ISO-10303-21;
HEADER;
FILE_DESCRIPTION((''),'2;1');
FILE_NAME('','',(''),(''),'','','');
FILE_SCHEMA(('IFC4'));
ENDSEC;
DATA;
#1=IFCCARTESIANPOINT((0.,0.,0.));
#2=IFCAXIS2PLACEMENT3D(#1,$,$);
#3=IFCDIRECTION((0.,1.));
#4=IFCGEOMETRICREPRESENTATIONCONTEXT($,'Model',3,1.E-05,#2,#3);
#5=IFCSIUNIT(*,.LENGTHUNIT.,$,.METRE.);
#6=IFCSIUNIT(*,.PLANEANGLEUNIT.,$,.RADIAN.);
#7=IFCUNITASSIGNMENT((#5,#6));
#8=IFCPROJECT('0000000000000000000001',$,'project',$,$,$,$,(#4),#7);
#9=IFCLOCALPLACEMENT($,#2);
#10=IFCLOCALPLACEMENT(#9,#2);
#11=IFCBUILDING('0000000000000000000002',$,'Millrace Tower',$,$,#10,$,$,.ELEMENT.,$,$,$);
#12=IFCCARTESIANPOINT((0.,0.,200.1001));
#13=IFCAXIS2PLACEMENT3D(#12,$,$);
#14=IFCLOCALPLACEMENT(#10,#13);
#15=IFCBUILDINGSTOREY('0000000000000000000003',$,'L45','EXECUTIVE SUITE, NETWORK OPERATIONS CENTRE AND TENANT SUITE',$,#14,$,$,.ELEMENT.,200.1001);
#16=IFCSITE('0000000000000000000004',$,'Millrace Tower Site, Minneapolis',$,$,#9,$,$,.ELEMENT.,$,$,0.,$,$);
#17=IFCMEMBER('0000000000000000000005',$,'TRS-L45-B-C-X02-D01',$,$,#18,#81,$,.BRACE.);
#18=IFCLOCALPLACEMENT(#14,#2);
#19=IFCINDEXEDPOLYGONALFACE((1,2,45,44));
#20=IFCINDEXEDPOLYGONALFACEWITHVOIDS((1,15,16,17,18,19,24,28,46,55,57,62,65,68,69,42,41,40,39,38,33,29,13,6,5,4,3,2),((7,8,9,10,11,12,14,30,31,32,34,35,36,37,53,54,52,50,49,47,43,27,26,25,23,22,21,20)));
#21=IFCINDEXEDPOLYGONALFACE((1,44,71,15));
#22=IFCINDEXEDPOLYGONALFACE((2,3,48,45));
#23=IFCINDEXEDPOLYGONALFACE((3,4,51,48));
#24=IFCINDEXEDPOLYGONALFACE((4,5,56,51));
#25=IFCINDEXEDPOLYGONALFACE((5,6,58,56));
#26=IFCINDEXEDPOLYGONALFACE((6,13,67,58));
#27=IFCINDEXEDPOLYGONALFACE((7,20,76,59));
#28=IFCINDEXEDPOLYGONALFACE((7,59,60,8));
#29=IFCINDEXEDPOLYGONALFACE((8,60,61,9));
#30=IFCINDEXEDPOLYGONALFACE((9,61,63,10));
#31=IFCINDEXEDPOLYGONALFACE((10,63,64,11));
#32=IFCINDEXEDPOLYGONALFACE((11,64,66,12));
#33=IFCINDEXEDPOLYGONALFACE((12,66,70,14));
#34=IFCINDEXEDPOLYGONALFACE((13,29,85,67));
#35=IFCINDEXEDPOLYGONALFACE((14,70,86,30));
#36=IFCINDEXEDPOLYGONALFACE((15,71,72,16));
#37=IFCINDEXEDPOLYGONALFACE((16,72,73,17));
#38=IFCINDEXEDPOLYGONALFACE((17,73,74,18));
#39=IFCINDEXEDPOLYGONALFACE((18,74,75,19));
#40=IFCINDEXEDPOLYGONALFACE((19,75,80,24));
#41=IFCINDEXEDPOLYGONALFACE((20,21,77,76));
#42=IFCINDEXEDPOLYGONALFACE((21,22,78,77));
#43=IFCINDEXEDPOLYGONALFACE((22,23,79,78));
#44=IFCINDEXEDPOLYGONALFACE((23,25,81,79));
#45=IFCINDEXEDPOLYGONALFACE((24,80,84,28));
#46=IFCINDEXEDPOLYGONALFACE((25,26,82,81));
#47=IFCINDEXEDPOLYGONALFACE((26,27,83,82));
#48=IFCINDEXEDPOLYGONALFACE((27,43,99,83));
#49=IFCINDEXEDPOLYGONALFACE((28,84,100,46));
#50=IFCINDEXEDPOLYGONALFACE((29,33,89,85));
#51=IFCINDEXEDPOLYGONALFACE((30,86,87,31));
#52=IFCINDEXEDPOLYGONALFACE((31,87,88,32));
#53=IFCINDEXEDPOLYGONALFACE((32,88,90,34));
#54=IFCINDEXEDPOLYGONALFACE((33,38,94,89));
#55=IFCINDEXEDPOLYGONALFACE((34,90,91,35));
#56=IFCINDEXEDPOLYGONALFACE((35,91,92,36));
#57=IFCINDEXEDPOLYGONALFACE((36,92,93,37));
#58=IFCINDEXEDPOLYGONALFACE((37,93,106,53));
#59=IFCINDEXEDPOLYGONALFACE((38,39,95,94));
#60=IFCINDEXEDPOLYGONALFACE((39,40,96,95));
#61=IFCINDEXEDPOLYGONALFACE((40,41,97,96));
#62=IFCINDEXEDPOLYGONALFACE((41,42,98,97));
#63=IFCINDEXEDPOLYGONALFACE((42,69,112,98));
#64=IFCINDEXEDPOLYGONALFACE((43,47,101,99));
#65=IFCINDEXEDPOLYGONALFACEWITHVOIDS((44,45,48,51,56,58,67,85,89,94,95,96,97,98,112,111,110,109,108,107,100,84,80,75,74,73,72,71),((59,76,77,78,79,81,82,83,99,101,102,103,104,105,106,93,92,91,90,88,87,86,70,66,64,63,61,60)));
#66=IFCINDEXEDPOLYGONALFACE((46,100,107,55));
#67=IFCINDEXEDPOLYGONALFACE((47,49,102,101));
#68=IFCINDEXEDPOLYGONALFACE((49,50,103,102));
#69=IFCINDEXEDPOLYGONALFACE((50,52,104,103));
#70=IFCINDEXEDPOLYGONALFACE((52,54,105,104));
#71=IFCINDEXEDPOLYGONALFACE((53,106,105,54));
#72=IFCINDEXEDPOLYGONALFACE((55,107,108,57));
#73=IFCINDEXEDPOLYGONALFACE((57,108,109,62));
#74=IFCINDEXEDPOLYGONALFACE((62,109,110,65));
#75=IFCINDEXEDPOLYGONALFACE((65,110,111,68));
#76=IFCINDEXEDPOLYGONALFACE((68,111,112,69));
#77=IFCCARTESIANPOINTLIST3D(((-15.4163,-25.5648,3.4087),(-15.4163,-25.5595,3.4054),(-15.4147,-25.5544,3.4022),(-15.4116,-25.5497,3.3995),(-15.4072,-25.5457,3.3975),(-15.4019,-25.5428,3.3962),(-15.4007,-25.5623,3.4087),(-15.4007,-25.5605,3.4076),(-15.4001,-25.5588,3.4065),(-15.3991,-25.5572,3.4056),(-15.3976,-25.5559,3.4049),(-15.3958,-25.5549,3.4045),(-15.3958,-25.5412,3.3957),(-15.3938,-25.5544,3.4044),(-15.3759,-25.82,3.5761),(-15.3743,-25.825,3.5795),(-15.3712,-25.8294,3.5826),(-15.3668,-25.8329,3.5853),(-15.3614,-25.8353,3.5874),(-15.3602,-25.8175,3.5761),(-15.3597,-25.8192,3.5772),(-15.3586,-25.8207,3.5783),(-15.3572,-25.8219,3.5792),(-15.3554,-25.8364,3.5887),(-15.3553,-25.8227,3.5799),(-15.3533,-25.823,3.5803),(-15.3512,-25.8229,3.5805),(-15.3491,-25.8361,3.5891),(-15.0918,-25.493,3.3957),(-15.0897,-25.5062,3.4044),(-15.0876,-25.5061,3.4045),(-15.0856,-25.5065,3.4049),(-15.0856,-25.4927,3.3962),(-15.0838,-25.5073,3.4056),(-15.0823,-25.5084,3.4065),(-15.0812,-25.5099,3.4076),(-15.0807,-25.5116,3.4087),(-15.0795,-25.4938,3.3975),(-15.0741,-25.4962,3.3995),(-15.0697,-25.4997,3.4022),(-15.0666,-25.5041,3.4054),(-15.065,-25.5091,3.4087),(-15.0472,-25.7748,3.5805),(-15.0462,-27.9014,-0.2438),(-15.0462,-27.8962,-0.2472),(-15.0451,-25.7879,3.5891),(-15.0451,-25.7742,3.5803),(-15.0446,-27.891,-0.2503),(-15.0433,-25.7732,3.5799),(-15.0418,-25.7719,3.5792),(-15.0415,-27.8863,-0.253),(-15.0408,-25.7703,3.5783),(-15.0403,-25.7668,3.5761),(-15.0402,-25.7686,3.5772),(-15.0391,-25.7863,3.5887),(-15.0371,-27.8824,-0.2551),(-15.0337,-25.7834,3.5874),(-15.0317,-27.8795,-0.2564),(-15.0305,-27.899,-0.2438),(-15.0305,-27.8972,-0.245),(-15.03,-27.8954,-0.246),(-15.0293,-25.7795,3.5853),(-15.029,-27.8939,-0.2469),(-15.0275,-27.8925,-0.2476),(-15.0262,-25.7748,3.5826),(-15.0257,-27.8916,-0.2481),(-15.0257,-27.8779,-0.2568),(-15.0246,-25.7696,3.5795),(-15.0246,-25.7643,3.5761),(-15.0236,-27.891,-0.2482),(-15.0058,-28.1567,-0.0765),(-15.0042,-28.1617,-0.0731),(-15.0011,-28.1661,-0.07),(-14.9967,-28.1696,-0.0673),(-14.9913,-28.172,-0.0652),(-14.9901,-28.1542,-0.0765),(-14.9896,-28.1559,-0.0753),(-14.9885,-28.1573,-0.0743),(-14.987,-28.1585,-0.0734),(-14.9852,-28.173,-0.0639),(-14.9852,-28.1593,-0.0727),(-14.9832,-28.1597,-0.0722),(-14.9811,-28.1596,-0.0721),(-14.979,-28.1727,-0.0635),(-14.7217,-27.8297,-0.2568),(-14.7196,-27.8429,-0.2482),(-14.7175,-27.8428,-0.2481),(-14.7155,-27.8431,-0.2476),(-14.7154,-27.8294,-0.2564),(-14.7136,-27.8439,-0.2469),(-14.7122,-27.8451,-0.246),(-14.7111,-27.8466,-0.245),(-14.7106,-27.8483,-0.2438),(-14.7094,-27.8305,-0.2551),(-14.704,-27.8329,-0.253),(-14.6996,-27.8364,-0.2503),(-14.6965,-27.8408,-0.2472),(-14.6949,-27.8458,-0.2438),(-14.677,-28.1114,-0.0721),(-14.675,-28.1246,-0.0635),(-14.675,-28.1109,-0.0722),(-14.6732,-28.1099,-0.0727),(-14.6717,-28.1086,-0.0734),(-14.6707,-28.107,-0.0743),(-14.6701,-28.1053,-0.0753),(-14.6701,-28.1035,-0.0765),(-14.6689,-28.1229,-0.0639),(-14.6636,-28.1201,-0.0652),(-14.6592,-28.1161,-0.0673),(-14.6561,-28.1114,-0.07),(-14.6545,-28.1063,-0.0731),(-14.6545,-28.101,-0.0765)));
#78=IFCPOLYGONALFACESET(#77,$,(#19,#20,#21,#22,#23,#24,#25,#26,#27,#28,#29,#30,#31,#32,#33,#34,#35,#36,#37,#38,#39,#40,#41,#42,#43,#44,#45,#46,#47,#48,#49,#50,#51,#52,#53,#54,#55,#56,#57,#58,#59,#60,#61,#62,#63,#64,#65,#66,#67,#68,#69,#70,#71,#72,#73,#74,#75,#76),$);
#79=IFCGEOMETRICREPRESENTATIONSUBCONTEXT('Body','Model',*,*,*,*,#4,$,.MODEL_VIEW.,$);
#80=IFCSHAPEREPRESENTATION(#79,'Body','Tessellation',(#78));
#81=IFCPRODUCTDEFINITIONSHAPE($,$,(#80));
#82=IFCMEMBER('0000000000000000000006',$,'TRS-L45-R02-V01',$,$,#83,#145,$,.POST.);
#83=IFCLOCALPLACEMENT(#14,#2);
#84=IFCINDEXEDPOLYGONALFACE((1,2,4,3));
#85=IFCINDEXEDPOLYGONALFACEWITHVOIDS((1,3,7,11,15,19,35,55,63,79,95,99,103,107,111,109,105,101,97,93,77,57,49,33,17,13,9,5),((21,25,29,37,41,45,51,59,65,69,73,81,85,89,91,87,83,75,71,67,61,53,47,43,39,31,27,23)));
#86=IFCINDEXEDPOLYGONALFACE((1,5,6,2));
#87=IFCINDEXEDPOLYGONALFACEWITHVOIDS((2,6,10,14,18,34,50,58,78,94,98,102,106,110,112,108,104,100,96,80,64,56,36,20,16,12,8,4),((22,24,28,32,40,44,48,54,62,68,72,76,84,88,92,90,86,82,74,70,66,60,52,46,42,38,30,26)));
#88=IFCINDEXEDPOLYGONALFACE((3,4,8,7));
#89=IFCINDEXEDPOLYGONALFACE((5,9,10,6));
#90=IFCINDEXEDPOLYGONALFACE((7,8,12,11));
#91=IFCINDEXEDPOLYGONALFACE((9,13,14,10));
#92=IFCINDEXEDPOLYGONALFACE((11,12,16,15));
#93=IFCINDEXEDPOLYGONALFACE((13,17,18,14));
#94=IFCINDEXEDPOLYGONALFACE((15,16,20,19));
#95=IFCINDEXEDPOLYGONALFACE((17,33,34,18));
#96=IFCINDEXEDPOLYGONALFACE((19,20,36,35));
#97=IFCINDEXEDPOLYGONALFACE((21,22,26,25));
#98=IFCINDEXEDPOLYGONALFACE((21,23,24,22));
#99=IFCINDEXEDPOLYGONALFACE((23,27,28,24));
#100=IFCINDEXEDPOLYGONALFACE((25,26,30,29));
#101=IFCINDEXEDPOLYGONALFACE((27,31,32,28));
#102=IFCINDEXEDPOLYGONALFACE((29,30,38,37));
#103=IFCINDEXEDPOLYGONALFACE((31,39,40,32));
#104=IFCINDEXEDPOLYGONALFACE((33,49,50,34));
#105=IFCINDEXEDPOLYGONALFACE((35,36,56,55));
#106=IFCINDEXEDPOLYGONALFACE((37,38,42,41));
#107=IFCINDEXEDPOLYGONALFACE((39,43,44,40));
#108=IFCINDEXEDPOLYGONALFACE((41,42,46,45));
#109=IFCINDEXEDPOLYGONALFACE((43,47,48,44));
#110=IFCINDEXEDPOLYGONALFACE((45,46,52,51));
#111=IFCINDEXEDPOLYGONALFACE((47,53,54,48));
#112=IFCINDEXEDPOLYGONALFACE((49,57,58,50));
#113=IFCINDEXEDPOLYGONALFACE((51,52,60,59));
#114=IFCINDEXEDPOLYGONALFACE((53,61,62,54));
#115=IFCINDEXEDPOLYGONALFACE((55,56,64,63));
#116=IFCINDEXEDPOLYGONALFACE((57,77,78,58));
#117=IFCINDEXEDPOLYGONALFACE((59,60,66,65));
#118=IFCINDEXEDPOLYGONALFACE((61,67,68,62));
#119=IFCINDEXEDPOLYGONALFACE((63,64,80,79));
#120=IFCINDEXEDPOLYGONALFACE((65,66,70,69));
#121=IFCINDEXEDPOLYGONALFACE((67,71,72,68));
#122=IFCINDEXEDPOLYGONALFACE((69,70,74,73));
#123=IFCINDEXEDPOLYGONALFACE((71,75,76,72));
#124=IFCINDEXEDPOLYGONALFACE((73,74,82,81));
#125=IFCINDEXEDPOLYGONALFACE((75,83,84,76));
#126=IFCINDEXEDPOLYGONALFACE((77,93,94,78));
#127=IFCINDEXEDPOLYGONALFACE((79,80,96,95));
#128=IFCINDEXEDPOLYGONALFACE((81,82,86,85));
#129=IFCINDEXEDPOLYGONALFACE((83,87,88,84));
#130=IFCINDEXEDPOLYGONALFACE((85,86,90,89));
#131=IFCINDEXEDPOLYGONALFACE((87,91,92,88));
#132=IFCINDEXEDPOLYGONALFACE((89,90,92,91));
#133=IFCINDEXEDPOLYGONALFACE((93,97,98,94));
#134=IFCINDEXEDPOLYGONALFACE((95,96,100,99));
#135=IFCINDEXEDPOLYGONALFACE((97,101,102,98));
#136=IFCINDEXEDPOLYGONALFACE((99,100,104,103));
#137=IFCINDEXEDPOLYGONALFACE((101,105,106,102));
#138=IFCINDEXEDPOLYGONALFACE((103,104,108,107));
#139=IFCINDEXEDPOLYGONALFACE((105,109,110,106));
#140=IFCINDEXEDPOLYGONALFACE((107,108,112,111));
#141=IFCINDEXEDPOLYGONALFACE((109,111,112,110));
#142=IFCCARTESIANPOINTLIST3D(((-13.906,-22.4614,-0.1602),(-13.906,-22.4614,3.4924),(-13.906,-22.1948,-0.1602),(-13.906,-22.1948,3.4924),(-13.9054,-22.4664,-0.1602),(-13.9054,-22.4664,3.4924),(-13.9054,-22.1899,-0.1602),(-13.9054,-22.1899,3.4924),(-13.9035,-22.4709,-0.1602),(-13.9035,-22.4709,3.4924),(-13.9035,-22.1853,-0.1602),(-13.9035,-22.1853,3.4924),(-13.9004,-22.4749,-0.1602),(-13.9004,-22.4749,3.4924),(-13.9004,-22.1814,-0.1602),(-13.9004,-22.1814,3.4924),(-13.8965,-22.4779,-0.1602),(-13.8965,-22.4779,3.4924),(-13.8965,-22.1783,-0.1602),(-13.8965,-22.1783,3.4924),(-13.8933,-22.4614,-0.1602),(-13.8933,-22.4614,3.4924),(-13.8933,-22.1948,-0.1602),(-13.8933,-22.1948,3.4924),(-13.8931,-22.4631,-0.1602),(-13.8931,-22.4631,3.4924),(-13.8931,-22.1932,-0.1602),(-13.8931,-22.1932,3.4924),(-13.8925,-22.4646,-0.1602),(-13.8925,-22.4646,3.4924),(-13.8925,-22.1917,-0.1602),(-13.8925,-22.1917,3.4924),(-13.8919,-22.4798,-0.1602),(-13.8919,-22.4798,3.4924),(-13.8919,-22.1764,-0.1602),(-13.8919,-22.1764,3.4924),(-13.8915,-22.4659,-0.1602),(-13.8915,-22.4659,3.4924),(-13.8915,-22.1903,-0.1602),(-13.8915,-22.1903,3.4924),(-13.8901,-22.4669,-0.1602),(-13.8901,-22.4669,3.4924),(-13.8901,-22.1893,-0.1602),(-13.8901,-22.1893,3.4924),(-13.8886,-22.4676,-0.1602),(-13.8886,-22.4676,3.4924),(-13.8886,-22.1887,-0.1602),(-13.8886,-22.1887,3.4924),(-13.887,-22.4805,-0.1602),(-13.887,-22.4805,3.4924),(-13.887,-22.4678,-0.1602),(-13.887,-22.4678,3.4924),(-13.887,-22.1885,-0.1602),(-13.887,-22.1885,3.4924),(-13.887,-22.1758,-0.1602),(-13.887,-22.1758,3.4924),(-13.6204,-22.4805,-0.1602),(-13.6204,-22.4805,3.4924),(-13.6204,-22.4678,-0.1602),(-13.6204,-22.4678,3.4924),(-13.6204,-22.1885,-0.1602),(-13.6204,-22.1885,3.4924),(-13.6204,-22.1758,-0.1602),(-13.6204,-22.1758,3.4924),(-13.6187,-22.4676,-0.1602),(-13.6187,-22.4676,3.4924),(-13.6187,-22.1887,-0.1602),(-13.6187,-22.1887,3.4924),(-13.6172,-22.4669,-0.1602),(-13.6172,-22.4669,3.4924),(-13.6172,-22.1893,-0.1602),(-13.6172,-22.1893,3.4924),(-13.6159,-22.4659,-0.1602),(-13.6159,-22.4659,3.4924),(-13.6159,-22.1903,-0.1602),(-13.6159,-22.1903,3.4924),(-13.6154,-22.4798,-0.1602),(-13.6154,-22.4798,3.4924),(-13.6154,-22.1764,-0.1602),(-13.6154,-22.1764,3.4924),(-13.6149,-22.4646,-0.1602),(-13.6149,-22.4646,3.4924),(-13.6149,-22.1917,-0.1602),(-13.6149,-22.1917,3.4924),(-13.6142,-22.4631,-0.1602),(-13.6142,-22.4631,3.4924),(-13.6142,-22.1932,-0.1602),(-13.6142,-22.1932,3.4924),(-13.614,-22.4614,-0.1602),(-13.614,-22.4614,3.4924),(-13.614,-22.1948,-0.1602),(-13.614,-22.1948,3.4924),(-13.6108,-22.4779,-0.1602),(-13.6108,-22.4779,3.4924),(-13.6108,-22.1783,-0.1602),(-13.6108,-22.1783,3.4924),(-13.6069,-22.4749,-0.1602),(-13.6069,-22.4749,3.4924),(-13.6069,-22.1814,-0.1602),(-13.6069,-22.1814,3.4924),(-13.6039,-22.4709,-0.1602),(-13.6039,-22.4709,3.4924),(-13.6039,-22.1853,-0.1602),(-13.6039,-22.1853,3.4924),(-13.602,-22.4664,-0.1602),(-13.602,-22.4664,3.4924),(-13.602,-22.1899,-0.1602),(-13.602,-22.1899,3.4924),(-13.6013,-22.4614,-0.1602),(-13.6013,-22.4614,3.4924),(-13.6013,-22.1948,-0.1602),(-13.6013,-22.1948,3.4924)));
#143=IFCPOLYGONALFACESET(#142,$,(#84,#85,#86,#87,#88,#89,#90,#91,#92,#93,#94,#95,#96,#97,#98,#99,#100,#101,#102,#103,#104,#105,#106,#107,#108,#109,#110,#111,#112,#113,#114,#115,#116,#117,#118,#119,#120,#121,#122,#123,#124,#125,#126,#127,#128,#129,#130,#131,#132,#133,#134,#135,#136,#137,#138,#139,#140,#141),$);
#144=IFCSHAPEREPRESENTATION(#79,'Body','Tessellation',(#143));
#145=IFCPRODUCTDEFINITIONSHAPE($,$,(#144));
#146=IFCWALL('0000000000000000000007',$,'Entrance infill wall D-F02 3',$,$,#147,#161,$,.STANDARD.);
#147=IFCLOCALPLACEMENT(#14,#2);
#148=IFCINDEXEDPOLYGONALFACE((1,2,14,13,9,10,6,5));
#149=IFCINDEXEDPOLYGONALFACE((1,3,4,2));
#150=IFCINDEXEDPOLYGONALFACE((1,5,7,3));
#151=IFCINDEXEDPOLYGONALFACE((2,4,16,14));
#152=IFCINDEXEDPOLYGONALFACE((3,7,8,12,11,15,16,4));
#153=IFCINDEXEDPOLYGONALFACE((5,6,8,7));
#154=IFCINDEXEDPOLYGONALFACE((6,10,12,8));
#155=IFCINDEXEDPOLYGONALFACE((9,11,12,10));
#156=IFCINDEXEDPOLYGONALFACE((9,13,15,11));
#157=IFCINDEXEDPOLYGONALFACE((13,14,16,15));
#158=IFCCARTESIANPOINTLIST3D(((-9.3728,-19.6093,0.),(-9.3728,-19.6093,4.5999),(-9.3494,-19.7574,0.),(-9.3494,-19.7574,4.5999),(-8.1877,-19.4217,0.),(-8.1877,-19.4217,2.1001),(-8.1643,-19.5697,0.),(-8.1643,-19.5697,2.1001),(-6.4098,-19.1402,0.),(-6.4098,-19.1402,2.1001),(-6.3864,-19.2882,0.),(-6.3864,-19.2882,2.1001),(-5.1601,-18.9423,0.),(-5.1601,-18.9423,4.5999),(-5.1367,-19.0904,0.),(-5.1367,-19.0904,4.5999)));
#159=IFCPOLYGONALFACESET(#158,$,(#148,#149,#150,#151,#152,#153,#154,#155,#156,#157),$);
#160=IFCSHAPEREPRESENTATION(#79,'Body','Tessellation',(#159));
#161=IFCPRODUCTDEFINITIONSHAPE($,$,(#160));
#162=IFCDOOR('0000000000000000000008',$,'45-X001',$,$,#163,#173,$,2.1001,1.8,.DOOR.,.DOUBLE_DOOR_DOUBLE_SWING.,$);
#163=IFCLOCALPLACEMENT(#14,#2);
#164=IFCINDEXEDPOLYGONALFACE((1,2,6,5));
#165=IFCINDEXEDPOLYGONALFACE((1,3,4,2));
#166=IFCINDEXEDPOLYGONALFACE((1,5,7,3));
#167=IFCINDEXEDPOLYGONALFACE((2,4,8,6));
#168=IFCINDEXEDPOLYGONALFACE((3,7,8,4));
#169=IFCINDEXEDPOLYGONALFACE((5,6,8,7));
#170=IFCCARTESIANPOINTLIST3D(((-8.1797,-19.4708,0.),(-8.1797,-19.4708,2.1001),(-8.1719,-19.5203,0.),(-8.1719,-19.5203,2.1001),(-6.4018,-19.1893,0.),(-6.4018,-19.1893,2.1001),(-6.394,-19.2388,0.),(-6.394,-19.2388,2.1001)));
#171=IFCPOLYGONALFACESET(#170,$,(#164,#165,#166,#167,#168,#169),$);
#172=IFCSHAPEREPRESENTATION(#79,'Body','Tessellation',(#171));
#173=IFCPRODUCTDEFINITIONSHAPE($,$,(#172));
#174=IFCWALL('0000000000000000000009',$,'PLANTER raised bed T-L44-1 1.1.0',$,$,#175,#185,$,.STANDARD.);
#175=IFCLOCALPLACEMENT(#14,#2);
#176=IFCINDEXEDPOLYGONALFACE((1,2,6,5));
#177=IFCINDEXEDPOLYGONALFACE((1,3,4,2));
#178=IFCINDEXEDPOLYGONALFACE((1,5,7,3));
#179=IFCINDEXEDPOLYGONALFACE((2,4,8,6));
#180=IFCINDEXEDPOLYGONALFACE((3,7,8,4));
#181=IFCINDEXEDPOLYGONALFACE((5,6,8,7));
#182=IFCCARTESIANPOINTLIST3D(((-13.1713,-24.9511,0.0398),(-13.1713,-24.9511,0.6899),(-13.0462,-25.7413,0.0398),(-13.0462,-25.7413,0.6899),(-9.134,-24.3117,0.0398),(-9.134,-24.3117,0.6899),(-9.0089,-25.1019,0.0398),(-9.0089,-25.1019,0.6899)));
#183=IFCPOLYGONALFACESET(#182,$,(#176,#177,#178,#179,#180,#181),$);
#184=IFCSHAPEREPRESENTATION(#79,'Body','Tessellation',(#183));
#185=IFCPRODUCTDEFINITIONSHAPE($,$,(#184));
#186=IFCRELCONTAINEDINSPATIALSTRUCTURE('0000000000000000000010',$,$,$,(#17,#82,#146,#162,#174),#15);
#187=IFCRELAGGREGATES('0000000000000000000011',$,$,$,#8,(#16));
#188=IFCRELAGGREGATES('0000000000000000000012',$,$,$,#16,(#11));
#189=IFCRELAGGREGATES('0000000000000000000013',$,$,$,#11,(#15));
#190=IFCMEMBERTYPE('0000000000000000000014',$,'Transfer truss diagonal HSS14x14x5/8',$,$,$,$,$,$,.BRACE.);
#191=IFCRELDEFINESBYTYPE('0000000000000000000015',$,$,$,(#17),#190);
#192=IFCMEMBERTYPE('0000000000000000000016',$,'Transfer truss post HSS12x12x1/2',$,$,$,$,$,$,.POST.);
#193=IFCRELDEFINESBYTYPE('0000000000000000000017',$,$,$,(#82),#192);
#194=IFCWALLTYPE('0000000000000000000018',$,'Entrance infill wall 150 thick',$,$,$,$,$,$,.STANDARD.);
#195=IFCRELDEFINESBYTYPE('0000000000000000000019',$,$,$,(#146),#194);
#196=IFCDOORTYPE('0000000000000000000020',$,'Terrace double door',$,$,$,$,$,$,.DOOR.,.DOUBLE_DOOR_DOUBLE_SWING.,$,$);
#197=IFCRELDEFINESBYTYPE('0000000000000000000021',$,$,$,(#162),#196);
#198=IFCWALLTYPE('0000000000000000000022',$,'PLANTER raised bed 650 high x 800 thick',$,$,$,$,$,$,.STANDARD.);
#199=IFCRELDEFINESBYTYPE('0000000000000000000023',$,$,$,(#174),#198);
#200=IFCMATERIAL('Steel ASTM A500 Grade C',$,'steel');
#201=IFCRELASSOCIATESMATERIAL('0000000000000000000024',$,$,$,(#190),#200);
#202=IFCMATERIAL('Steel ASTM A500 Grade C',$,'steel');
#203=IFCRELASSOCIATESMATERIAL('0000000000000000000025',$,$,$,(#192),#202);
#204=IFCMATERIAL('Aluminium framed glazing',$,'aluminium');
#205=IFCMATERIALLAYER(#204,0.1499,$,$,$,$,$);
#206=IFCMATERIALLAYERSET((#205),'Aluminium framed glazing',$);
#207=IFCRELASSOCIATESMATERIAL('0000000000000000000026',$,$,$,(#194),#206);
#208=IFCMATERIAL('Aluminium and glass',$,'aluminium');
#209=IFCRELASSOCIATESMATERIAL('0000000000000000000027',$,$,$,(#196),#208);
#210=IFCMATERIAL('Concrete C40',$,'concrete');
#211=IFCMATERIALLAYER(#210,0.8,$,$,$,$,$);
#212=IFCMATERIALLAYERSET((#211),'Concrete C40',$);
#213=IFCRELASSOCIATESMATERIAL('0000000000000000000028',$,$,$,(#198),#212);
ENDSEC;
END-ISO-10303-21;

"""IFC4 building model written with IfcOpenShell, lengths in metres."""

from ifc_helpers import new_model, si_unit, direction, frame, frame_2d, origin, origin_2d, place, context, subcontext, project, spatial, rectangle, hollow_rectangle, extrude, material, layer, layer_set, material_profile, profile_set, type_object, element, fill, save


model = new_model("IFC4")

# Units and contexts
model_context = context("Model", 3, precision=1e-05, world=origin(), true_north=direction((0.0, 1.0)))
body_context = subcontext(model_context, "Body", "Model", "MODEL_VIEW")
ifc_project = project(units=[si_unit("LENGTHUNIT", "METRE"), si_unit("PLANEANGLEUNIT", "RADIAN")], contexts=[model_context])

# Site, building, storey
site_placement = place(None, origin())
site = spatial("IfcSite", under=ifc_project, at=site_placement, Name="Millrace Tower Site, Minneapolis", CompositionType="ELEMENT", RefElevation=0.0)
building_placement = place(site_placement, origin())
building = spatial("IfcBuilding", under=site, at=building_placement, Name="Millrace Tower", CompositionType="ELEMENT")
storey_placement = place(building_placement, frame((0.0, 0.0, 200.1001)))
storey = spatial("IfcBuildingStorey", under=building, at=storey_placement, Name="L45", Description="EXECUTIVE SUITE, NETWORK OPERATIONS CENTRE AND TENANT SUITE", CompositionType="ELEMENT", Elevation=200.1001)

# Members
ifc_material_1 = material(Name="Steel ASTM A500 Grade C", Category="steel")
ifc_material_profile_1 = material_profile(ifc_material_1, hollow_rectangle(XDim=0.3557, YDim=0.3557, WallThickness=0.0159, InnerFilletRadius=0.0081, OuterFilletRadius=0.0239, at=origin_2d()))
ifc_profile_set_1 = profile_set([ifc_material_profile_1], Name="Steel ASTM A500 Grade C")
member_type_1 = type_object("IfcMemberType", Name="Transfer truss diagonal HSS14x14x5/8", PredefinedType="BRACE", material=ifc_profile_set_1)
member_1_placement = place(storey_placement, frame((-14.8503, -28.0012, -0.1602), z_axis=(-0.085049, 0.53694, 0.839323), x_axis=(-0.987687, -0.156445, 0.0)))
element("IfcMember", 1, at=member_1_placement, inside=storey, type_object=member_type_1, Name="TRS-L45-B-C-X02-D01", PredefinedType="BRACE", context=body_context, shape_type="SweptSolid", body=[
    extrude(hollow_rectangle(XDim=0.3557, YDim=0.3557, WallThickness=0.0159, InnerFilletRadius=0.0081, OuterFilletRadius=0.0239, at=origin_2d()), origin(), (0.0, 0.0, 1.0), 4.3518),
])
ifc_material_2 = material(Name="Steel ASTM A500 Grade C", Category="steel")
ifc_material_profile_2 = material_profile(ifc_material_2, hollow_rectangle(XDim=0.3047, YDim=0.3047, WallThickness=0.0127, InnerFilletRadius=0.0063, OuterFilletRadius=0.019, at=origin_2d()))
ifc_profile_set_2 = profile_set([ifc_material_profile_2], Name="Steel ASTM A500 Grade C")
member_type_2 = type_object("IfcMemberType", Name="Transfer truss post HSS12x12x1/2", PredefinedType="POST", material=ifc_profile_set_2)
member_2_placement = place(storey_placement, frame((-13.7537, -22.3281, -0.1602), z_axis=(0.0, 0.0, 1.0), x_axis=(1.0, 0.0, 0.0)))
element("IfcMember", 2, at=member_2_placement, inside=storey, type_object=member_type_2, Name="TRS-L45-R02-V01", PredefinedType="POST", context=body_context, shape_type="SweptSolid", body=[
    extrude(hollow_rectangle(XDim=0.3047, YDim=0.3047, WallThickness=0.0127, InnerFilletRadius=0.0063, OuterFilletRadius=0.019, at=origin_2d()), origin(), (0.0, 0.0, 1.0), 3.6526),
])

# Wall, opening, door
ifc_material_3 = material(Name="Aluminium framed glazing", Category="aluminium")
ifc_layer_1 = layer(ifc_material_3, 0.1499)
ifc_layer_set_1 = layer_set([ifc_layer_1], Name="Aluminium framed glazing")
wall_type_1 = type_object("IfcWallType", Name="Entrance infill wall 150 thick", PredefinedType="STANDARD", material=ifc_layer_set_1)
wall_1_placement = place(storey_placement, frame((-9.3611, -19.6833, 0.0), z_axis=(0.0, 0.0, 1.0), x_axis=(0.987697, 0.156383, 0.0)))
wall_1 = element("IfcWall", 3, at=wall_1_placement, inside=storey, type_object=wall_type_1, Name="Entrance infill wall D-F02 3", PredefinedType="STANDARD", context=body_context, shape_type="SweptSolid", body=[
    extrude(rectangle(XDim=4.2651, YDim=0.1499, at=frame_2d((2.1326, 0.0))), origin(), (0.0, 0.0, 1.0), 4.5999),
])
opening_placement = place(wall_1_placement, frame((1.2, 0.0, 0.0)))
opening = element("IfcOpeningElement", 4, at=opening_placement, cuts=wall_1, PredefinedType="OPENING", context=body_context, shape_type="SweptSolid", body=[
    extrude(rectangle(XDim=1.8, YDim=2.1001, at=frame_2d((0.8999, 1.05))), frame((0.0, 0.085, 0.0), z_axis=(0.0, -1.0, 0.0), x_axis=(1.0, 0.0, 0.0)), (0.0, 0.0, 1.0), 0.1699),
])
ifc_material_4 = material(Name="Aluminium and glass", Category="aluminium")
door_type = type_object("IfcDoorType", Name="Terrace double door", OperationType="DOUBLE_DOOR_DOUBLE_SWING", PredefinedType="DOOR", material=ifc_material_4)
door_placement = place(opening_placement, frame((1.8, 0.0, 0.0), z_axis=(0.0, 0.0, 1.0), x_axis=(-1.0, 0.0, 0.0)))
door = element("IfcDoor", 5, at=door_placement, inside=storey, type_object=door_type, Name="45-X001", OperationType="DOUBLE_DOOR_DOUBLE_SWING", OverallHeight=2.1001, OverallWidth=1.8, PredefinedType="DOOR", context=body_context, shape_type="SweptSolid", body=[
    extrude(rectangle(XDim=1.8, YDim=2.1001, at=frame_2d((0.8999, 1.05))), frame((0.0, 0.0249, 0.0), z_axis=(0.0, -1.0, 0.0), x_axis=(1.0, 0.0, 0.0)), (0.0, 0.0, 1.0), 0.05),
])
fill(opening, door)

# Wall
ifc_material_5 = material(Name="Concrete C40", Category="concrete")
ifc_layer_2 = layer(ifc_material_5, 0.8)
ifc_layer_set_2 = layer_set([ifc_layer_2], Name="Concrete C40")
wall_type_2 = type_object("IfcWallType", Name="PLANTER raised bed 650 high x 800 thick", PredefinedType="STANDARD", material=ifc_layer_set_2)
wall_2_placement = place(storey_placement, frame((-13.1089, -25.3462, 0.0398), z_axis=(0.0, 0.0, 1.0), x_axis=(0.98769, 0.156423, 0.0)))
element("IfcWall", 6, at=wall_2_placement, inside=storey, type_object=wall_type_2, Name="PLANTER raised bed T-L44-1 1.1.0", PredefinedType="STANDARD", context=body_context, shape_type="SweptSolid", body=[
    extrude(rectangle(XDim=4.0876, YDim=0.8, at=frame_2d((2.0439, 0.0))), origin(), (0.0, 0.0, 1.0), 0.6501),
])

save(model, "model.ifc")
